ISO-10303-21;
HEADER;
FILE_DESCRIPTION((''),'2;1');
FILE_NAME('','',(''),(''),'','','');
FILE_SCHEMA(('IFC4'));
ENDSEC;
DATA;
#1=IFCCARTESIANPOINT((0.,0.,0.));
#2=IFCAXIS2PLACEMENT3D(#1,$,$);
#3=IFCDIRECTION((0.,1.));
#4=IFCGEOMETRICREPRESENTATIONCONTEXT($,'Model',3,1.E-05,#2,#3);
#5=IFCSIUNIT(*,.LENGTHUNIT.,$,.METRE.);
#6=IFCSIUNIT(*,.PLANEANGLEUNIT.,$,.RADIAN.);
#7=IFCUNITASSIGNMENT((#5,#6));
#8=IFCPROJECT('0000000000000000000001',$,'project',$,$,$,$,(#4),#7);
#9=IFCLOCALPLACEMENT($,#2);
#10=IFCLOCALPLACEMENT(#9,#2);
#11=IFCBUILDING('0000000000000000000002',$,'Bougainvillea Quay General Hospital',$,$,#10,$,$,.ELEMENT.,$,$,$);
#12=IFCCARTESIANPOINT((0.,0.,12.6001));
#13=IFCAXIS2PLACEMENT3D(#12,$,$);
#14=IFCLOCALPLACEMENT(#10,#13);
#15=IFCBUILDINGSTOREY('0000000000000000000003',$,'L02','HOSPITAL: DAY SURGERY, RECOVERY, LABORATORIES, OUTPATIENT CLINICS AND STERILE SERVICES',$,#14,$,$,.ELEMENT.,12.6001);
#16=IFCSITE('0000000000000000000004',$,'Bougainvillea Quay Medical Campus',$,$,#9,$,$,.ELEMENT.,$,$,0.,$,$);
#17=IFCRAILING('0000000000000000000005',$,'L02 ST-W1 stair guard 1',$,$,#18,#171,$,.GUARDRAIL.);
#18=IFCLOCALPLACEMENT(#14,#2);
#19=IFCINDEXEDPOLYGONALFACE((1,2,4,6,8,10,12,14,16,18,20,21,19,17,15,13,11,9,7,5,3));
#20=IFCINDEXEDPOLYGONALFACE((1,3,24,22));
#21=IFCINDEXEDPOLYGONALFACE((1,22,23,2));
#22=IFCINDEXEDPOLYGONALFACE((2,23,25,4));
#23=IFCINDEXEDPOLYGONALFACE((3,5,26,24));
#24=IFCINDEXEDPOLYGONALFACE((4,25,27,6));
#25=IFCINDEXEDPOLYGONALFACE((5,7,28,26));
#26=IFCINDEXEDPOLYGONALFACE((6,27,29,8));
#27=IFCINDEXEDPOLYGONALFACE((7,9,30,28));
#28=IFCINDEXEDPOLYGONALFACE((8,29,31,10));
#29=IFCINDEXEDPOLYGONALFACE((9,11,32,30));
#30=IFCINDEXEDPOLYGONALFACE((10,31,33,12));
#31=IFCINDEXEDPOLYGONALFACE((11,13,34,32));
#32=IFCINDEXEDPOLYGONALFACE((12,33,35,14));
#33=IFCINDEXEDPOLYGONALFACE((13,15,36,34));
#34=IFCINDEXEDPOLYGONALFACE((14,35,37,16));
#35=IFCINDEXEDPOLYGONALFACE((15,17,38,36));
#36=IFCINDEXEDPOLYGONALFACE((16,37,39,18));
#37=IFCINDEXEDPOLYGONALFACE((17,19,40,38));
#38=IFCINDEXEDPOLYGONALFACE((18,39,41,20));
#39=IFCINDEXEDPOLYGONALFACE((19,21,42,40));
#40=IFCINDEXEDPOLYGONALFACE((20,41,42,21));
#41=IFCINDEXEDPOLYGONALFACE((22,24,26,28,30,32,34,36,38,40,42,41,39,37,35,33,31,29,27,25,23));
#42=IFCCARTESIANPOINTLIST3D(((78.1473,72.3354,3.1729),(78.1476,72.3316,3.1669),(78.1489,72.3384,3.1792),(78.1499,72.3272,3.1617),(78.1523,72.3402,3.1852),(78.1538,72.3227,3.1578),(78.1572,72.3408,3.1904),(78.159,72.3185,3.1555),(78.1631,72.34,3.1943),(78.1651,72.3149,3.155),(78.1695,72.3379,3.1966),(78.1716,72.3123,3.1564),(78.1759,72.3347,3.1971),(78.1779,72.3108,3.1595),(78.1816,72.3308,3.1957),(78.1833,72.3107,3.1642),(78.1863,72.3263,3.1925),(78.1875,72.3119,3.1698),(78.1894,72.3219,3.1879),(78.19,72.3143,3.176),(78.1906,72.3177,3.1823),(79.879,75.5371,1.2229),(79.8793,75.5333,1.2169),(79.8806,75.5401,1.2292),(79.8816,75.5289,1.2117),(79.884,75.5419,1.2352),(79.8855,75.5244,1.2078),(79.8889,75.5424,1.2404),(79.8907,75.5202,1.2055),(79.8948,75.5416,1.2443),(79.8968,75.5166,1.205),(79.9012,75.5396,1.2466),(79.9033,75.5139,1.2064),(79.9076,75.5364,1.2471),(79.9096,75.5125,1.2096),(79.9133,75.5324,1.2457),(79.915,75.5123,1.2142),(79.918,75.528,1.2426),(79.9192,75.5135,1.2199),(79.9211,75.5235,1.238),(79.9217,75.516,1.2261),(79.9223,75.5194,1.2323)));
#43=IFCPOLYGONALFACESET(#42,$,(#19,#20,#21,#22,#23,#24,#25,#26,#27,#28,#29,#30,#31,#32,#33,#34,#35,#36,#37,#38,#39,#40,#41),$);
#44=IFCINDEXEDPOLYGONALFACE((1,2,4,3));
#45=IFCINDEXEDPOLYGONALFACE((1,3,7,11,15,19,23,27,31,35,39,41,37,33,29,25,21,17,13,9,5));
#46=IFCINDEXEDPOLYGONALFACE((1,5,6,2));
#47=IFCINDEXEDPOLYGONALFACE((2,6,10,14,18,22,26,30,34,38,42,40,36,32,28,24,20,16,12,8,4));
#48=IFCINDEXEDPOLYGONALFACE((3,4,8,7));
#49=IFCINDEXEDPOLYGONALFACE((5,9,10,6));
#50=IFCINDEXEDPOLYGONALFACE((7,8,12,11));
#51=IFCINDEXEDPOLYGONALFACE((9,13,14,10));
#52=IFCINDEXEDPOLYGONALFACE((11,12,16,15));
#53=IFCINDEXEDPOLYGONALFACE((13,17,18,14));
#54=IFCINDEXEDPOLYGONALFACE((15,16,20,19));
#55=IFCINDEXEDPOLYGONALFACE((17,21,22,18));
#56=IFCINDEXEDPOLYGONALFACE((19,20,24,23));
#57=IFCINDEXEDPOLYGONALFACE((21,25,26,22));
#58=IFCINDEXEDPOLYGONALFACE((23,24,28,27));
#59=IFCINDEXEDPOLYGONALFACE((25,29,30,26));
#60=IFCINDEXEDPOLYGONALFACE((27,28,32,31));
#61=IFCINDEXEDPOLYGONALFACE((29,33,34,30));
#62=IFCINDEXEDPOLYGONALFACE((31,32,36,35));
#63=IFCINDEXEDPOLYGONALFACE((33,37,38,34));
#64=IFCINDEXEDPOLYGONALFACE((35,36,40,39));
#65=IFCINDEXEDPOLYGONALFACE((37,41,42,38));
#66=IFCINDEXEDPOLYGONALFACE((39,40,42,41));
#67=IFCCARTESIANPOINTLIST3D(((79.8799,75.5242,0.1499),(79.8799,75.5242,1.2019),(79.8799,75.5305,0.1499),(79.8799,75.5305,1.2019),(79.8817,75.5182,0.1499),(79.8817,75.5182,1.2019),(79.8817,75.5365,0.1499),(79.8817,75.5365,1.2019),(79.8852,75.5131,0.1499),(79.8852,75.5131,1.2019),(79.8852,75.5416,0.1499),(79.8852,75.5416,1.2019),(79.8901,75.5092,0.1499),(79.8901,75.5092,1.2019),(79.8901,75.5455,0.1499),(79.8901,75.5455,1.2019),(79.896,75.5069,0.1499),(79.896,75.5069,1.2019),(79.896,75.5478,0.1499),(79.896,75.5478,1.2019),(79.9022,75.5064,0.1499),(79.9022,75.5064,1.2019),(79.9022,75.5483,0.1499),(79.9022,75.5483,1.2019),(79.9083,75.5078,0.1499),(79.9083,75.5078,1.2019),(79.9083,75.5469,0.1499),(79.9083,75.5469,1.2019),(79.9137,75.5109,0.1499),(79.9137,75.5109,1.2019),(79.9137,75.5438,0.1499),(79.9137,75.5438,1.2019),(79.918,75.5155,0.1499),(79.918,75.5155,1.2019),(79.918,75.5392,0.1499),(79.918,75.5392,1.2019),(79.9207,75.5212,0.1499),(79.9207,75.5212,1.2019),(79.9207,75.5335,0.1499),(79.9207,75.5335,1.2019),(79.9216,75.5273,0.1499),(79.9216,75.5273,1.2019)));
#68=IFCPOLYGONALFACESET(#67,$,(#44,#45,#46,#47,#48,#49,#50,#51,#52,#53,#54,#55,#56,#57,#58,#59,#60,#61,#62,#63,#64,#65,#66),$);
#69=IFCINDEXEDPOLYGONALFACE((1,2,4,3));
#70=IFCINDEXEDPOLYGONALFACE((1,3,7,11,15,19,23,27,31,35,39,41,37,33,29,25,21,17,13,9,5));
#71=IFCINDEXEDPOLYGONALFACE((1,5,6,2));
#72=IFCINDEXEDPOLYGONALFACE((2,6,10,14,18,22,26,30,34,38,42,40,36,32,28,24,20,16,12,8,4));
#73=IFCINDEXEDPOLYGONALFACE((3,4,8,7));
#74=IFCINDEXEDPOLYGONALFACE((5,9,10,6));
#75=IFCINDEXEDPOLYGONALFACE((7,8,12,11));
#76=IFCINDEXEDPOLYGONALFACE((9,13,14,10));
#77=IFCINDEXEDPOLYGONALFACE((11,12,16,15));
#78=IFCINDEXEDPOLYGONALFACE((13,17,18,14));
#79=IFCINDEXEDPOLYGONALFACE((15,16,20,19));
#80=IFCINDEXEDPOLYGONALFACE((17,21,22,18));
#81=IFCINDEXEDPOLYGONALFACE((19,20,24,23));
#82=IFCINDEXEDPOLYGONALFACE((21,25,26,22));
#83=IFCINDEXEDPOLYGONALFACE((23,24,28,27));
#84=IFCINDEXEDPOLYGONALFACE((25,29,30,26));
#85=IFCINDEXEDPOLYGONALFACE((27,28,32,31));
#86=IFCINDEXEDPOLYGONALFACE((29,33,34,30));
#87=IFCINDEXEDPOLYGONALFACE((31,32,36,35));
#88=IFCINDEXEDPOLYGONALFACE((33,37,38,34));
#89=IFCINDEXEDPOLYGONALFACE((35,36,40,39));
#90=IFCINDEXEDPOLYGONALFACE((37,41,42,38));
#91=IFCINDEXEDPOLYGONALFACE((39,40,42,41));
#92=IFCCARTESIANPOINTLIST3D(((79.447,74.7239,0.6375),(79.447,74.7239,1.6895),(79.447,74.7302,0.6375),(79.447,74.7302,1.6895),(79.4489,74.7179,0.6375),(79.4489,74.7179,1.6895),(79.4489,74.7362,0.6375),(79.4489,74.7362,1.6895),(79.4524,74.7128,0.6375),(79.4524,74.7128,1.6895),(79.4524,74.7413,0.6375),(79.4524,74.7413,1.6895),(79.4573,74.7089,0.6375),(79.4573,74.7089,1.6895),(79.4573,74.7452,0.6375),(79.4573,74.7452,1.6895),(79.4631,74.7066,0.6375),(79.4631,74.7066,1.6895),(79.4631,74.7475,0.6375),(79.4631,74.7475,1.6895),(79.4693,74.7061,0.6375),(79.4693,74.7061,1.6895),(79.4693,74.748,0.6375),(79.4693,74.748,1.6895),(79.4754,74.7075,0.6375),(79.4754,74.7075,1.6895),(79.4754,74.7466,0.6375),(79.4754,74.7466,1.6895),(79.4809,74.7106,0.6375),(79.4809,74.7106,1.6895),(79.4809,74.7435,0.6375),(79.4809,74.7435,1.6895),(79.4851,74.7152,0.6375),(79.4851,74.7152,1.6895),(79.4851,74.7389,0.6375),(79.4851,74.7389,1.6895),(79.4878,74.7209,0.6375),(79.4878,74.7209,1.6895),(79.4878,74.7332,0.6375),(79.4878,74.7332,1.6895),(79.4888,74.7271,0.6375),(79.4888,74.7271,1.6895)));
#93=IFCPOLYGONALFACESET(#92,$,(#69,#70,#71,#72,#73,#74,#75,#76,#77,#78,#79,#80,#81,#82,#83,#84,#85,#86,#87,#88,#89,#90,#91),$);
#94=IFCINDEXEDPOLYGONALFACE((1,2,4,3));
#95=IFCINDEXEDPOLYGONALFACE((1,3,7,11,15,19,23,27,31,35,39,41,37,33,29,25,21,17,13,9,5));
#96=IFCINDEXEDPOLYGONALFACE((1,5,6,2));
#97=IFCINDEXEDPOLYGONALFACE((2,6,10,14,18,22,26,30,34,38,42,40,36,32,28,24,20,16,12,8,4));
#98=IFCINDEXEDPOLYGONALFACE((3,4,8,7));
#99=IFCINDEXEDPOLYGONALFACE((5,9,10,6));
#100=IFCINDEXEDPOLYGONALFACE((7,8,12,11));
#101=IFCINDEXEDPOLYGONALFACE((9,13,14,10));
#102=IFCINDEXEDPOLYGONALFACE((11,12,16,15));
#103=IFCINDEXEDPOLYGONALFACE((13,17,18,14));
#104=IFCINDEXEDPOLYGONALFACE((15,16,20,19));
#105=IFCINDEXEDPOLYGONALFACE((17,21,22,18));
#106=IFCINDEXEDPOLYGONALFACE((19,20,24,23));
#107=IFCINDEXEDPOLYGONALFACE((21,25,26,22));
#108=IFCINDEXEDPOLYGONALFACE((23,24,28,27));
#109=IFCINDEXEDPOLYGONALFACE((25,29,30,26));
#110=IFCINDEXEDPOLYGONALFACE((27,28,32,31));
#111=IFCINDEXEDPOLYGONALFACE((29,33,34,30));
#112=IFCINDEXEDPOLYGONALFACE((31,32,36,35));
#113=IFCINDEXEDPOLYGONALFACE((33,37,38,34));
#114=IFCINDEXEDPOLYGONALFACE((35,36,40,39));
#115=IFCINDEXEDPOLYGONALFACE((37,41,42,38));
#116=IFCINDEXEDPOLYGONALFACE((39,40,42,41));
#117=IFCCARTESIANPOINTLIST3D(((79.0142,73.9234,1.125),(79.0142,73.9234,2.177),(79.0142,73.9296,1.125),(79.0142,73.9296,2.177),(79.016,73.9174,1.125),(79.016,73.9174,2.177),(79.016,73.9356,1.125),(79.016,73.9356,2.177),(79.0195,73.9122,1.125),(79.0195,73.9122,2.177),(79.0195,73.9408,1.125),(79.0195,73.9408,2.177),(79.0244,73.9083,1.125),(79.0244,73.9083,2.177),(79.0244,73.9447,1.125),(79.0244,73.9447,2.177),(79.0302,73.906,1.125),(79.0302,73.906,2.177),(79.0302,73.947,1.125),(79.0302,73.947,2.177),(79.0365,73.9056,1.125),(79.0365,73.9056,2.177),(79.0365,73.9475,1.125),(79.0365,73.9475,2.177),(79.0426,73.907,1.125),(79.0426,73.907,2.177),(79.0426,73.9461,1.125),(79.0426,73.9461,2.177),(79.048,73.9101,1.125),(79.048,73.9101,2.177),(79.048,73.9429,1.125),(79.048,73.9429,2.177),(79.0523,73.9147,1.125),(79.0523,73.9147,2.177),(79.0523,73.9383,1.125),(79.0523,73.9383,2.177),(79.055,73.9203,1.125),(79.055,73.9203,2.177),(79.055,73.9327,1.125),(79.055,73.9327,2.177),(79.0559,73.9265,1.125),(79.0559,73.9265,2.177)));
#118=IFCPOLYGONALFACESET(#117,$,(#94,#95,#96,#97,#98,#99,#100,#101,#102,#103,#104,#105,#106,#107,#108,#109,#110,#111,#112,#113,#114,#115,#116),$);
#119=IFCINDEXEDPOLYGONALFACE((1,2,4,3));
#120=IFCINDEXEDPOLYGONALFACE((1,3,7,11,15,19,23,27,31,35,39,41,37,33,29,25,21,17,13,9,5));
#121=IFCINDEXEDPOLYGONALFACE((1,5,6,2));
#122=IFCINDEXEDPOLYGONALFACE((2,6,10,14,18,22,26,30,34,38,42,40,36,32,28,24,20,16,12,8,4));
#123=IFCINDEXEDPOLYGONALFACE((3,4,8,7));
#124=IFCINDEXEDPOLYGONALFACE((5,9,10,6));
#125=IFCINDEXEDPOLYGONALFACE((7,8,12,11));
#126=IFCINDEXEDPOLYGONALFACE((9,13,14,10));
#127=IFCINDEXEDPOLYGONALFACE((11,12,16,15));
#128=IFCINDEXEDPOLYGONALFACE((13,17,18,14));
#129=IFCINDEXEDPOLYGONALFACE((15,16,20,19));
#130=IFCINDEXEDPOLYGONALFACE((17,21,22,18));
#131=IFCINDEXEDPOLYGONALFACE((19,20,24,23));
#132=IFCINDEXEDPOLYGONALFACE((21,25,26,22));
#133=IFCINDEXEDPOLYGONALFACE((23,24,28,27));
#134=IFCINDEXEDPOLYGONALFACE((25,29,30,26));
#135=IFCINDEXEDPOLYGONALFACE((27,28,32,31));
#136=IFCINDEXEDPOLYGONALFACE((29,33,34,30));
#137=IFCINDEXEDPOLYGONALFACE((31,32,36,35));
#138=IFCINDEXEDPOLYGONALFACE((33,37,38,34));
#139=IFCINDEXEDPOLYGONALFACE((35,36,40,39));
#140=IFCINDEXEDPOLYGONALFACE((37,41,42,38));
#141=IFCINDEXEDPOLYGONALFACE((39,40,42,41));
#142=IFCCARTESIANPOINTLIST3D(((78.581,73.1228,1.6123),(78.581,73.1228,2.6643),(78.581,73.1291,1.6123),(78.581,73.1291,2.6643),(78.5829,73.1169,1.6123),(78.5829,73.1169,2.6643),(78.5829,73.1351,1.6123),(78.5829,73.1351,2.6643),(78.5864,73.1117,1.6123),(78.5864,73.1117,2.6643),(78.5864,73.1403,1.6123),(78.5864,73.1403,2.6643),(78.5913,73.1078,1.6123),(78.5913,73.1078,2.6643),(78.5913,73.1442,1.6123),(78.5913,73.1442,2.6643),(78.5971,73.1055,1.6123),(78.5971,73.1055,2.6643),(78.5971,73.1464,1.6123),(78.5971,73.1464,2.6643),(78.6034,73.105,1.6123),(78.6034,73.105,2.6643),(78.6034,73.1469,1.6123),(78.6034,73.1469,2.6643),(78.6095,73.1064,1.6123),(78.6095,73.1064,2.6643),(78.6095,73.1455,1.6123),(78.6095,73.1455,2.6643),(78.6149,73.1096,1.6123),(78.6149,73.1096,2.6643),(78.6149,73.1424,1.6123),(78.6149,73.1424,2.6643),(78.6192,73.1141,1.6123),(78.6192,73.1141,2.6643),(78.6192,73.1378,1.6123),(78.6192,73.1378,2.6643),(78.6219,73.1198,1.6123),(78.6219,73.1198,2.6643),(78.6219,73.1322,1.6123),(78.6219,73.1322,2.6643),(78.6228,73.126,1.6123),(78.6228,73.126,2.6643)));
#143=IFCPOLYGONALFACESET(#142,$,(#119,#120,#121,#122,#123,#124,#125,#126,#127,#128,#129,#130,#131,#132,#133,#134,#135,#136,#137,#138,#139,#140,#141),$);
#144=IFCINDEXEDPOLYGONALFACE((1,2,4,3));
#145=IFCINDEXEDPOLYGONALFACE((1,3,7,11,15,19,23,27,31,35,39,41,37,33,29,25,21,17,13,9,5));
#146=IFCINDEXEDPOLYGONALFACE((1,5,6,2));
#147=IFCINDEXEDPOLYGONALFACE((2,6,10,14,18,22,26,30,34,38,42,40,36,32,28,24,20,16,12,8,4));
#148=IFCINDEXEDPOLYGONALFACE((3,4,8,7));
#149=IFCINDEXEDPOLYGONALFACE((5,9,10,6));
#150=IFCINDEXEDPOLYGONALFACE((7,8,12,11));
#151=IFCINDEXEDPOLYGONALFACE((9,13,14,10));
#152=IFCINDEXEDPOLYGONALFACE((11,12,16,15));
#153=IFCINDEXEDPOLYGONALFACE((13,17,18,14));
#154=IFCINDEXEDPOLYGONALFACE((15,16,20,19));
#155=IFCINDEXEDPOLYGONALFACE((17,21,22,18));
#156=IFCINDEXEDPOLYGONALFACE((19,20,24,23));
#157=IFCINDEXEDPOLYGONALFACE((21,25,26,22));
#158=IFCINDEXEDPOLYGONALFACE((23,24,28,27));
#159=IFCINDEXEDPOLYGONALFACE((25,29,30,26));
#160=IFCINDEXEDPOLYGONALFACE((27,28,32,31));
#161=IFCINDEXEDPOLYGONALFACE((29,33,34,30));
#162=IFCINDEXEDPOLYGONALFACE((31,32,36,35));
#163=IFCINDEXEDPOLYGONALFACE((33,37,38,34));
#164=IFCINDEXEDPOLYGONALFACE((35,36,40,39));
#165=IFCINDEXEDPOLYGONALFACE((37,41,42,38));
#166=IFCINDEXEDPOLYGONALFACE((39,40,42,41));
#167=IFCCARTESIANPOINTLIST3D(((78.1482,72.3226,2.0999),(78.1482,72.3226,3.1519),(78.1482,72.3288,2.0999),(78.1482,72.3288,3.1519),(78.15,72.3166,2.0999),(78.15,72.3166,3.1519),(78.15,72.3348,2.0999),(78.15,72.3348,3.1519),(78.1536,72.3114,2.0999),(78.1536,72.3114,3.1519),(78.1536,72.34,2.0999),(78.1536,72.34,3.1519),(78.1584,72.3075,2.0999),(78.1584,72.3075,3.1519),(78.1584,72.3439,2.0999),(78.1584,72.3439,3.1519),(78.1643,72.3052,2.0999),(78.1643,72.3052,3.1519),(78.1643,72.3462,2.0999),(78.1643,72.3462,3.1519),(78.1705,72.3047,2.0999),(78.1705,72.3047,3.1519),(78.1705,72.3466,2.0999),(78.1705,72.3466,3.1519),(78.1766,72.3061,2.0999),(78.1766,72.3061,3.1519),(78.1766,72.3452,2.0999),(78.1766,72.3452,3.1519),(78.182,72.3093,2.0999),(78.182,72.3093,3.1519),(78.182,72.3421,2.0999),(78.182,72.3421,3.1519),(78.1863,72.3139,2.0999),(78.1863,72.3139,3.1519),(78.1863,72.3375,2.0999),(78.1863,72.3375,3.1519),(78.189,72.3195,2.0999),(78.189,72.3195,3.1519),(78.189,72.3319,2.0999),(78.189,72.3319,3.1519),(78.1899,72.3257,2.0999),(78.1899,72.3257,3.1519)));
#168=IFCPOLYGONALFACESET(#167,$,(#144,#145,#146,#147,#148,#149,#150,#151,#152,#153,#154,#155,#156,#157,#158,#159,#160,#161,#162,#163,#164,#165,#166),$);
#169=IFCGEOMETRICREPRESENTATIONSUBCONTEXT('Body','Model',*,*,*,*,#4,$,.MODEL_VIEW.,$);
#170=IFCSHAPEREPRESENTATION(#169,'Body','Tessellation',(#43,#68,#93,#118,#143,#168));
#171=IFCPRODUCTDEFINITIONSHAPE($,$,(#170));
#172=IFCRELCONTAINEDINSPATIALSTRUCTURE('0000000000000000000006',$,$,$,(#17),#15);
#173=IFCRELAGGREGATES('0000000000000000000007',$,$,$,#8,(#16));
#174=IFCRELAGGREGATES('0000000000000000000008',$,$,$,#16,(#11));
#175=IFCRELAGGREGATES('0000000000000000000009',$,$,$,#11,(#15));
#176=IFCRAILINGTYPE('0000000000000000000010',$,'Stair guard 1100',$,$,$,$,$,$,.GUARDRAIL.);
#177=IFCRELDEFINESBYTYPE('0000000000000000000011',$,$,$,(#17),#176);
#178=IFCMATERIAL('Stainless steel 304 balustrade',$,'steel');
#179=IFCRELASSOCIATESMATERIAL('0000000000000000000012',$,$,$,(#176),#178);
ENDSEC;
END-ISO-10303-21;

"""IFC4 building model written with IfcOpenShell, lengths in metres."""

from ifc_helpers import new_model, si_unit, direction, frame, origin, origin_2d, place, context, subcontext, project, spatial, circle, extrude, material, type_object, element, save


model = new_model("IFC4")

# Units and contexts
model_context = context("Model", 3, precision=1e-05, world=origin(), true_north=direction((0.0, 1.0)))
body_context = subcontext(model_context, "Body", "Model", "MODEL_VIEW")
ifc_project = project(units=[si_unit("LENGTHUNIT", "METRE"), si_unit("PLANEANGLEUNIT", "RADIAN")], contexts=[model_context])

# Site, building, storey
site_placement = place(None, origin())
site = spatial("IfcSite", under=ifc_project, at=site_placement, Name="Bougainvillea Quay Medical Campus", CompositionType="ELEMENT", RefElevation=0.0)
building_placement = place(site_placement, origin())
building = spatial("IfcBuilding", under=site, at=building_placement, Name="Bougainvillea Quay General Hospital", CompositionType="ELEMENT")
storey_placement = place(building_placement, frame((0.0, 0.0, 12.6001)))
storey = spatial("IfcBuildingStorey", under=building, at=storey_placement, Name="L02", Description="HOSPITAL: DAY SURGERY, RECOVERY, LABORATORIES, OUTPATIENT CLINICS AND STERILE SERVICES", CompositionType="ELEMENT", Elevation=12.6001)

# Railing
ifc_material_1 = material(Name="Stainless steel 304 balustrade", Category="steel")
railing_type_1 = type_object("IfcRailingType", Name="Stair guard 1100", PredefinedType="GUARDRAIL", material=ifc_material_1)
railing_1_placement = place(storey_placement, frame((79.9006, 75.5273, 0.1499)))
element("IfcRailing", 1, at=railing_1_placement, inside=storey, type_object=railing_type_1, Name="L02 ST-W1 stair guard 1", PredefinedType="GUARDRAIL", context=body_context, shape_type="SweptSolid", body=[
    extrude(circle(Radius=0.0239, at=origin_2d()), frame((0.0, 0.0, 1.0762), z_axis=(-0.419359, -0.775339, 0.472215), x_axis=(0.879584, -0.475743, 0.0)), (0.0, 0.0, 1.0), 4.1294),
    extrude(circle(Radius=0.021, at=origin_2d()), origin(), (0.0, 0.0, 1.0), 1.052),
    extrude(circle(Radius=0.021, at=origin_2d()), frame((-0.4329, -0.8003, 0.4875)), (0.0, 0.0, 1.0), 1.052),
    extrude(circle(Radius=0.021, at=origin_2d()), frame((-0.8657, -1.6008, 0.9751)), (0.0, 0.0, 1.0), 1.052),
    extrude(circle(Radius=0.021, at=origin_2d()), frame((-1.2988, -2.4014, 1.4624)), (0.0, 0.0, 1.0), 1.052),
    extrude(circle(Radius=0.021, at=origin_2d()), frame((-1.7317, -3.2017, 1.95)), (0.0, 0.0, 1.0), 1.052),
])

save(model, "model.ifc")
